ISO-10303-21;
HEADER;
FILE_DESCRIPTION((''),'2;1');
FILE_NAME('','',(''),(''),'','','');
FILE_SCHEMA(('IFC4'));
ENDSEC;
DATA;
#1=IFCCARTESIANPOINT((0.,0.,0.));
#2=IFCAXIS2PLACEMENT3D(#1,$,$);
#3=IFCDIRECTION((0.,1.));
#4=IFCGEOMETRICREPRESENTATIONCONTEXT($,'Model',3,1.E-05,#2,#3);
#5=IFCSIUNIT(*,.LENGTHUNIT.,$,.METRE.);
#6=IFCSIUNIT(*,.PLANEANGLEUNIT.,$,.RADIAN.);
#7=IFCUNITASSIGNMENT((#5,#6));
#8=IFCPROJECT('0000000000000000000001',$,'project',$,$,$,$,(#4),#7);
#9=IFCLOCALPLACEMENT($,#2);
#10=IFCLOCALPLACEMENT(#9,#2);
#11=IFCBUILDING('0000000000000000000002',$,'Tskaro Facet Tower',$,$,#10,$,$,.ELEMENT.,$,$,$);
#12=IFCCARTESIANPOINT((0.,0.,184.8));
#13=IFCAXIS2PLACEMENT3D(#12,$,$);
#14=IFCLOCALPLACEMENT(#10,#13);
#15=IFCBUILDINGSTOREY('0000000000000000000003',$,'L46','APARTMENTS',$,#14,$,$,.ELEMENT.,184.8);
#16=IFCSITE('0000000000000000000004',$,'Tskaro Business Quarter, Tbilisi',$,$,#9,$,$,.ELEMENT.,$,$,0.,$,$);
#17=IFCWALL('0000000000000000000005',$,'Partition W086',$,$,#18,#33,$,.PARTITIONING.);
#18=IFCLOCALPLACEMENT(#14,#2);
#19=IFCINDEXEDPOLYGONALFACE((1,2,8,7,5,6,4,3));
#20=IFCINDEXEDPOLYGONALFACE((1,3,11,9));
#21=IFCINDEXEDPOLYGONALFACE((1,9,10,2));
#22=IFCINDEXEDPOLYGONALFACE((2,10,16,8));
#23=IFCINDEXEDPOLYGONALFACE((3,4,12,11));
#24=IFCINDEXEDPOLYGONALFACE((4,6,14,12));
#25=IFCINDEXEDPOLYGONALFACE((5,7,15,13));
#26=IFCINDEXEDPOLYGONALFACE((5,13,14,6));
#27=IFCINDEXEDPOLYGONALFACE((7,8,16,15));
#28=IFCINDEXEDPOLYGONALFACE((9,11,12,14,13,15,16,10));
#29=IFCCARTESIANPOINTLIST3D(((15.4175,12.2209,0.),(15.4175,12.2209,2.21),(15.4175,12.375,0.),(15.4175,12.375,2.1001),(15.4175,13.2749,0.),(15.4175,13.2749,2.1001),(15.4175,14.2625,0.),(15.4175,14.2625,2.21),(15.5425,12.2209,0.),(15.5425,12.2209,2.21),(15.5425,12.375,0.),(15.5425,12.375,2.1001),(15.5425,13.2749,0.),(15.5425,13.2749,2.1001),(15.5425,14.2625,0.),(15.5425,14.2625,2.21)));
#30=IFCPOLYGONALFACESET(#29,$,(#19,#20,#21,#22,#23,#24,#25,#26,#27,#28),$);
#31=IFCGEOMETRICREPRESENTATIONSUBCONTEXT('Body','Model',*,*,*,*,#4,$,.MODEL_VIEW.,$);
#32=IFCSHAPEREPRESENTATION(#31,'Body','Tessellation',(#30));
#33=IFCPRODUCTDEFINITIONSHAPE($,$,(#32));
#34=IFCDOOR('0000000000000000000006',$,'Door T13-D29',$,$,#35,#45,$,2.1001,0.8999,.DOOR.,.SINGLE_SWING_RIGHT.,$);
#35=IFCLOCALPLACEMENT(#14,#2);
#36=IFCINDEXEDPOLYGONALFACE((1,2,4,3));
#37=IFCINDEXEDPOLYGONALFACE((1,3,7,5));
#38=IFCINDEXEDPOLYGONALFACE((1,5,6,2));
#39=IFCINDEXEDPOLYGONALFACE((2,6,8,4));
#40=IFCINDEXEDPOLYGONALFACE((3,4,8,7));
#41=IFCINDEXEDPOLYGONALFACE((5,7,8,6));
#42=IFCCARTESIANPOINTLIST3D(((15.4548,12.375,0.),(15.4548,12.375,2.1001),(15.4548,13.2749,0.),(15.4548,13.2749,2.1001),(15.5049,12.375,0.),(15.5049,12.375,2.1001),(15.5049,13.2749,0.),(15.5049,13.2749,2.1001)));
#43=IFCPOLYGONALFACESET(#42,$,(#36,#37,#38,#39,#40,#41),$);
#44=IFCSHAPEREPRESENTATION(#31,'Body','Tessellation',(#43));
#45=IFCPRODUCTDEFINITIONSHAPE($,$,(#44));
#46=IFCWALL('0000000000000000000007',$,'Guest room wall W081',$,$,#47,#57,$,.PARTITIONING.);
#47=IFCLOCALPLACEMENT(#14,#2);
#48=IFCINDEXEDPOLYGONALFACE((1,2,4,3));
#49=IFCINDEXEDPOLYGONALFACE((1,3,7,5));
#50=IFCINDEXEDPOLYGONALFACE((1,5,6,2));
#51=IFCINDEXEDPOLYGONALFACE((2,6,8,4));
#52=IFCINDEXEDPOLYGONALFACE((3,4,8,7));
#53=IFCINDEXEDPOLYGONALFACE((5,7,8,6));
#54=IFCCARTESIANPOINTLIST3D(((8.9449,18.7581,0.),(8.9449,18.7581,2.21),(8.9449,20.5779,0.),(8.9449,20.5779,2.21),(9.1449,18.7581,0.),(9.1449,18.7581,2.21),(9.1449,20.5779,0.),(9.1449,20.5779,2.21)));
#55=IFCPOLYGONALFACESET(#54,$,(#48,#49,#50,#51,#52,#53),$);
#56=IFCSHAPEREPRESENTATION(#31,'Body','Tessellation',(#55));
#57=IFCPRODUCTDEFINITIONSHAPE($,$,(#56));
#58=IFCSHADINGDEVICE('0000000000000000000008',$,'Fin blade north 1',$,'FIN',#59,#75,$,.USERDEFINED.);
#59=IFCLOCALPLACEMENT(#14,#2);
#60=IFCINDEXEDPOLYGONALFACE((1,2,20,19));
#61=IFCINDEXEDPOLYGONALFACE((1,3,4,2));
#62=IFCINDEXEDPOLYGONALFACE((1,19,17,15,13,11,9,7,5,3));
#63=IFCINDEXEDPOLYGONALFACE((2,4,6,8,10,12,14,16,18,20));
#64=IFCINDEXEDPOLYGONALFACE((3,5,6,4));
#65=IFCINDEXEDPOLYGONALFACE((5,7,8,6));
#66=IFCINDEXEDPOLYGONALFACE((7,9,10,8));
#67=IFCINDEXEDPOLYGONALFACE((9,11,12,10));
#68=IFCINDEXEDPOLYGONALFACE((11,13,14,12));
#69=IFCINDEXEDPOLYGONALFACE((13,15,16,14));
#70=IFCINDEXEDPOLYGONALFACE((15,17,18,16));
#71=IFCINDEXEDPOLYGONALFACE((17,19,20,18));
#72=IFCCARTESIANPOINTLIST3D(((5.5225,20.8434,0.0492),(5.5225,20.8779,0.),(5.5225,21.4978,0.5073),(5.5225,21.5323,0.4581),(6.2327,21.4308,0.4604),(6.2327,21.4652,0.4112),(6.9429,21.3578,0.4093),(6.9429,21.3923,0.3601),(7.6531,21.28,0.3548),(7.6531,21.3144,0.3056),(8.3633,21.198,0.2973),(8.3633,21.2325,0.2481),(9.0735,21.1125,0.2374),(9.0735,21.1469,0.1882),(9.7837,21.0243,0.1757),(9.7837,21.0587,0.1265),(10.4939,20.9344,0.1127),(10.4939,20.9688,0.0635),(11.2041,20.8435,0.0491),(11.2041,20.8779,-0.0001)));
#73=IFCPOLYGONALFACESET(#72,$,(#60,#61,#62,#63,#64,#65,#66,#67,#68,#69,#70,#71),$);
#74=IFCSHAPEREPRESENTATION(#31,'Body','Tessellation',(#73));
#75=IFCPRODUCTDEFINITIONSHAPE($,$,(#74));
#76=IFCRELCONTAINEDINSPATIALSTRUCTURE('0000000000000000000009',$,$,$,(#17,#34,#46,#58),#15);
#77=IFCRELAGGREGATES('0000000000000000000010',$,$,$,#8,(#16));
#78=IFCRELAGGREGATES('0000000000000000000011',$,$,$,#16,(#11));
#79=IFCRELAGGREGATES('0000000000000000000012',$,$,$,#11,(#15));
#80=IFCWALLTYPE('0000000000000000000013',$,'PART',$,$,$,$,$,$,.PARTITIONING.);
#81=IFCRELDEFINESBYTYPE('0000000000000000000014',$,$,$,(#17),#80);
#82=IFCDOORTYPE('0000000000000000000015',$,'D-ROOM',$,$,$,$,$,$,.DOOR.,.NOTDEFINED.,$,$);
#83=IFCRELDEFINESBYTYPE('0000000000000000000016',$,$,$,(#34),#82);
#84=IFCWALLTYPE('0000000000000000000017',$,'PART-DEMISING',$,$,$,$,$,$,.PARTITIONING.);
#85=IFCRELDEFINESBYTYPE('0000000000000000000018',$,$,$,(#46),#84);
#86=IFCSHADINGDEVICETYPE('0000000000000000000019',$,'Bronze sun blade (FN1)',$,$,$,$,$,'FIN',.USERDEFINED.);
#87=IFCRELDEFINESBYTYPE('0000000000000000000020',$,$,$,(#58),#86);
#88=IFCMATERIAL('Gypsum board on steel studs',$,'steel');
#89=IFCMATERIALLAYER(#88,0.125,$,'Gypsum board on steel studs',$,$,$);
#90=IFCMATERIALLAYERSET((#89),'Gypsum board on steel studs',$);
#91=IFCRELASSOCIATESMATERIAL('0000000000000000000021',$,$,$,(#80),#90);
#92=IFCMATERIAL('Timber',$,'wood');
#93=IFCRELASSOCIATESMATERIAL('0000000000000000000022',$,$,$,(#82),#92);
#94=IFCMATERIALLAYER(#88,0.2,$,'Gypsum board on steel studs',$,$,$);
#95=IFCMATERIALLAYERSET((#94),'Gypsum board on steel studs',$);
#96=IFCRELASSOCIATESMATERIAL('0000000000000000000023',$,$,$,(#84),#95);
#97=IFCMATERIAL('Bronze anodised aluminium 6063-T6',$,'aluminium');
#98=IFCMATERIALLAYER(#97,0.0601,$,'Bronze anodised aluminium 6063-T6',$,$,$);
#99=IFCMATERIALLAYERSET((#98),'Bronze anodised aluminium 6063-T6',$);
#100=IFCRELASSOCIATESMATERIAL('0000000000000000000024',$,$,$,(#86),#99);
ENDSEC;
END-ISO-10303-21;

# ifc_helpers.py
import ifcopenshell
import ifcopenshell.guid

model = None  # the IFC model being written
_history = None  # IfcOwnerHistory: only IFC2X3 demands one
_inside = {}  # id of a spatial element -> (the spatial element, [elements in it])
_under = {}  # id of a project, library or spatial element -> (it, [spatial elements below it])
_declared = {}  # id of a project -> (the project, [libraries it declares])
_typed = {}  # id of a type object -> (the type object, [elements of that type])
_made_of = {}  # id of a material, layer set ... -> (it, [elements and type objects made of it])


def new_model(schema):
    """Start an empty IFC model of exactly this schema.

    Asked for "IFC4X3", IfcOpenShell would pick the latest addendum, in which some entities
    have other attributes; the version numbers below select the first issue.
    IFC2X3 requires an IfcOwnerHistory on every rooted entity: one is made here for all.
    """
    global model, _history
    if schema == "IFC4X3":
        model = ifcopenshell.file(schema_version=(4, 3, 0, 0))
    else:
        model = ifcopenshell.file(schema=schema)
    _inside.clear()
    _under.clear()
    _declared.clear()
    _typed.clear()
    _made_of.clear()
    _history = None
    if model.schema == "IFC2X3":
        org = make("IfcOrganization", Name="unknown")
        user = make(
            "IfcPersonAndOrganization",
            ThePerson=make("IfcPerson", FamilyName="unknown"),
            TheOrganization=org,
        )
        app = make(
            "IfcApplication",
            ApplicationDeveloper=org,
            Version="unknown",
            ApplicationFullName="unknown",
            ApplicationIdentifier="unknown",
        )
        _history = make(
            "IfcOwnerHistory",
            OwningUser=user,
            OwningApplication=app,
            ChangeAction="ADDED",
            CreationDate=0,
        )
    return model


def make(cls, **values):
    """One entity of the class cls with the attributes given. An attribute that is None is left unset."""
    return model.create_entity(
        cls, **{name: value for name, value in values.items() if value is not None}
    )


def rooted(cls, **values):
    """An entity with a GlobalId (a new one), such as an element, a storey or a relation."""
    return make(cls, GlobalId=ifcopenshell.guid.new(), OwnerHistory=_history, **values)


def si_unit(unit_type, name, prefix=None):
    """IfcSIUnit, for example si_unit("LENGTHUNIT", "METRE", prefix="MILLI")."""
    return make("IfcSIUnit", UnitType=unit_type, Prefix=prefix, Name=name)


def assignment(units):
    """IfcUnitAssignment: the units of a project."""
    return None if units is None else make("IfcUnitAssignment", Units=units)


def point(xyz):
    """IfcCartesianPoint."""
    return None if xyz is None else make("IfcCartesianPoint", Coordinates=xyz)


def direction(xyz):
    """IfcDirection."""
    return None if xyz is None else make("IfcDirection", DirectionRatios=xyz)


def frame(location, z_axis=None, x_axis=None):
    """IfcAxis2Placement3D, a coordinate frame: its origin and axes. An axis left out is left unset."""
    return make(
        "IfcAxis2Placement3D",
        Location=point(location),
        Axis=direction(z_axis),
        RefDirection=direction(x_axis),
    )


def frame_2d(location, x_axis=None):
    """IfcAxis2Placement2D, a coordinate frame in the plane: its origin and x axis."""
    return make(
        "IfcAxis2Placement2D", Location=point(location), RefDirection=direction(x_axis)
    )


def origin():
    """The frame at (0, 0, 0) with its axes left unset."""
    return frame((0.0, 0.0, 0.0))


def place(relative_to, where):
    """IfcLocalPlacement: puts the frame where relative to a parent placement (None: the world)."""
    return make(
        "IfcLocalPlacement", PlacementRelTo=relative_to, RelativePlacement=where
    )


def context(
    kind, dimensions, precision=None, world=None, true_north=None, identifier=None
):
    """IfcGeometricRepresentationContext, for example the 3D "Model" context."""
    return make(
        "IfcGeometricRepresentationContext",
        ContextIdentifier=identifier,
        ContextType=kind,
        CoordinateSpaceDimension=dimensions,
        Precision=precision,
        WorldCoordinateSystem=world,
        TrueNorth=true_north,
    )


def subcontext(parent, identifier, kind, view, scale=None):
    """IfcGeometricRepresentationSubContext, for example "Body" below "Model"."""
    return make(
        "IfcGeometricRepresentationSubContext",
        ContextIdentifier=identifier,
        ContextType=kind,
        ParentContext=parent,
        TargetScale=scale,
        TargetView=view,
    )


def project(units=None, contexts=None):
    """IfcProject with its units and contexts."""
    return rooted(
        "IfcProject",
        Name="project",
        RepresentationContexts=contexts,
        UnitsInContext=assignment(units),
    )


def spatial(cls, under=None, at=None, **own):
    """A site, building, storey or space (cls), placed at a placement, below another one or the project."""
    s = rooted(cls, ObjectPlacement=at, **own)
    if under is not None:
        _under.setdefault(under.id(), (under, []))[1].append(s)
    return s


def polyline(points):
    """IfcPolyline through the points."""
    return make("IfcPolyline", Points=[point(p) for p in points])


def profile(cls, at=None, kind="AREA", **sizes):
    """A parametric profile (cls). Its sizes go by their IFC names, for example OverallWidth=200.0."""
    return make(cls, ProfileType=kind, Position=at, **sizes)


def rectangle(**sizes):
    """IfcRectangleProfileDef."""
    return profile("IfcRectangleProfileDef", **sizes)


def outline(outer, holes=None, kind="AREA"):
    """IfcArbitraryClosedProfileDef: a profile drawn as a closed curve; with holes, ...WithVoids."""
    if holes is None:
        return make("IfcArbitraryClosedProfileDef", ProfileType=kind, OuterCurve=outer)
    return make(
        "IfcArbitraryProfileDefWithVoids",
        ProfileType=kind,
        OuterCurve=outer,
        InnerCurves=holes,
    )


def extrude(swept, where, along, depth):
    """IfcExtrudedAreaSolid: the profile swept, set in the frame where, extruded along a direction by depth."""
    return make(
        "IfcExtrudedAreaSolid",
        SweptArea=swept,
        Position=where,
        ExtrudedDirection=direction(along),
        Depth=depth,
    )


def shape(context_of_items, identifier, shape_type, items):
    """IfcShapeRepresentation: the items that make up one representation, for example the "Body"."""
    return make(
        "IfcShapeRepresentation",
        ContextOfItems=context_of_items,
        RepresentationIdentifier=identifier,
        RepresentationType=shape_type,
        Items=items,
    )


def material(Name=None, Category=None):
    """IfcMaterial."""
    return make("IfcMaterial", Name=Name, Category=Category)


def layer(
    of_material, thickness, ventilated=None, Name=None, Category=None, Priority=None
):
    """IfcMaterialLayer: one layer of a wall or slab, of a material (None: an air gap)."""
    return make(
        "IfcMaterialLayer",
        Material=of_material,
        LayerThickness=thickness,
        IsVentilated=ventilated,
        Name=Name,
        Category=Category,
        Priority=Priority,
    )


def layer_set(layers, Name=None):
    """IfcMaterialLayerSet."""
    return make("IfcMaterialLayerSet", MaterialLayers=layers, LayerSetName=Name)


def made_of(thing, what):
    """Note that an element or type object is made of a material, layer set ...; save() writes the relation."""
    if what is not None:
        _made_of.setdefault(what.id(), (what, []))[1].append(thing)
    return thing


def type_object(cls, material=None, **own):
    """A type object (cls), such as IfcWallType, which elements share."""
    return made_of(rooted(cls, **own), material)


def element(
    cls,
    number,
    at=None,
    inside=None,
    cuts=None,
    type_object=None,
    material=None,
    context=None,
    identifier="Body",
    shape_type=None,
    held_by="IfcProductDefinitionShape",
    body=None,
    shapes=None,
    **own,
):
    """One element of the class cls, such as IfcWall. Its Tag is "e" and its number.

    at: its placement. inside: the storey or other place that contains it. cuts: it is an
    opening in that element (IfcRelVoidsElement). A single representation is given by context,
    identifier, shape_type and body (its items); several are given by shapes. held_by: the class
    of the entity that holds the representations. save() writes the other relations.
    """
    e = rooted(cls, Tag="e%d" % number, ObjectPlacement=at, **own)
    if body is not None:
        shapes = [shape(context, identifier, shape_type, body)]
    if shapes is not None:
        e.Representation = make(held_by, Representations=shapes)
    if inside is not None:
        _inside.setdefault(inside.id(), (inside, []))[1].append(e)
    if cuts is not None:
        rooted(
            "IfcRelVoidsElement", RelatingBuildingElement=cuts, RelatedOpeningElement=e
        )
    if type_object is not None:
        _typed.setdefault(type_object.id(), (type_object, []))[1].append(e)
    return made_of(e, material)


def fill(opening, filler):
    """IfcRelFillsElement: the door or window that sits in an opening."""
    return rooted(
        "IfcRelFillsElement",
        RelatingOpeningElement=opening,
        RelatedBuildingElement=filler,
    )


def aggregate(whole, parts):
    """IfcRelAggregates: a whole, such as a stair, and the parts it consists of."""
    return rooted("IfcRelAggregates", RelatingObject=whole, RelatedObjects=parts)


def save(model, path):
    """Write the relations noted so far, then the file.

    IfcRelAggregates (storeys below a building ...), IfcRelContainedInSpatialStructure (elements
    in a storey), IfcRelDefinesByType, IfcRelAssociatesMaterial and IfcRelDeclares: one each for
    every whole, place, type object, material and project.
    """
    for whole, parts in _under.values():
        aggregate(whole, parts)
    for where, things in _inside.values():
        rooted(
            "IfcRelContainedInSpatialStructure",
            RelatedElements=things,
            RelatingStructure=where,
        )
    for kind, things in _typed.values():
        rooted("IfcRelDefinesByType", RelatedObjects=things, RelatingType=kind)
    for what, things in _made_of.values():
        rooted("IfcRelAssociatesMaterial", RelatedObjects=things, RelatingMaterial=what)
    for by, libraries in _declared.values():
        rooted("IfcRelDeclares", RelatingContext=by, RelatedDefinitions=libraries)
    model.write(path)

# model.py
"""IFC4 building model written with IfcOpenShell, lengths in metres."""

from ifc_helpers import new_model, si_unit, direction, frame, frame_2d, origin, place, context, subcontext, project, spatial, polyline, rectangle, outline, extrude, material, layer, layer_set, type_object, element, fill, save


model = new_model("IFC4")

# Units and contexts
model_context = context("Model", 3, precision=1e-05, world=origin(), true_north=direction((0.0, 1.0)))
body_context = subcontext(model_context, "Body", "Model", "MODEL_VIEW")
ifc_project = project(units=[si_unit("LENGTHUNIT", "METRE"), si_unit("PLANEANGLEUNIT", "RADIAN")], contexts=[model_context])

# Site, building, storey
site_placement = place(None, origin())
site = spatial("IfcSite", under=ifc_project, at=site_placement, Name="Tskaro Business Quarter, Tbilisi", CompositionType="ELEMENT", RefElevation=0.0)
building_placement = place(site_placement, origin())
building = spatial("IfcBuilding", under=site, at=building_placement, Name="Tskaro Facet Tower", CompositionType="ELEMENT")
storey_placement = place(building_placement, frame((0.0, 0.0, 184.8)))
storey = spatial("IfcBuildingStorey", under=building, at=storey_placement, Name="L46", Description="APARTMENTS", CompositionType="ELEMENT", Elevation=184.8)

# Shared definitions
ifc_material_1 = material(Name="Bronze anodised aluminium 6063-T6", Category="aluminium")

# Shared definitions
ifc_material_2 = material(Name="Gypsum board on steel studs", Category="steel")
ifc_layer_1 = layer(ifc_material_2, 0.125, Name="Gypsum board on steel studs")
ifc_layer_set_1 = layer_set([ifc_layer_1], Name="Gypsum board on steel studs")
wall_type_1 = type_object("IfcWallType", Name="PART", PredefinedType="PARTITIONING", material=ifc_layer_set_1)

# Wall, opening, door
wall_1_placement = place(storey_placement, frame((15.48, 14.2625, 0.0), z_axis=(0.0, 0.0, 1.0), x_axis=(0.0, -1.0, 0.0)))
wall_1 = element("IfcWall", 1, at=wall_1_placement, inside=storey, type_object=wall_type_1, Name="Partition W086", PredefinedType="PARTITIONING", context=body_context, shape_type="SweptSolid", body=[
    extrude(rectangle(XDim=2.0415, YDim=0.125, at=frame_2d((1.0208, 0.0))), origin(), (0.0, 0.0, 1.0), 2.21),
])
opening_placement = place(wall_1_placement, frame((0.9875, 0.0, 0.0)))
opening = element("IfcOpeningElement", 2, at=opening_placement, cuts=wall_1, PredefinedType="OPENING", context=body_context, shape_type="SweptSolid", body=[
    extrude(rectangle(XDim=0.8999, YDim=2.1001, at=frame_2d((0.45, 1.05))), frame((0.0, 0.0725, 0.0), z_axis=(0.0, -1.0, 0.0), x_axis=(1.0, 0.0, 0.0)), (0.0, 0.0, 1.0), 0.145),
])
ifc_material_3 = material(Name="Timber", Category="wood")
door_type = type_object("IfcDoorType", Name="D-ROOM", OperationType="NOTDEFINED", PredefinedType="DOOR", material=ifc_material_3)
door_placement = place(opening_placement, origin())
door = element("IfcDoor", 3, at=door_placement, inside=storey, type_object=door_type, Name="Door T13-D29", OperationType="SINGLE_SWING_RIGHT", OverallHeight=2.1001, OverallWidth=0.8999, PredefinedType="DOOR", context=body_context, shape_type="SweptSolid", body=[
    extrude(rectangle(XDim=0.8999, YDim=2.1001, at=frame_2d((0.45, 1.05))), frame((0.0, 0.0249, 0.0), z_axis=(0.0, -1.0, 0.0), x_axis=(1.0, 0.0, 0.0)), (0.0, 0.0, 1.0), 0.05),
])
fill(opening, door)

# Wall
ifc_layer_2 = layer(ifc_material_2, 0.2, Name="Gypsum board on steel studs")
ifc_layer_set_2 = layer_set([ifc_layer_2], Name="Gypsum board on steel studs")
wall_type_2 = type_object("IfcWallType", Name="PART-DEMISING", PredefinedType="PARTITIONING", material=ifc_layer_set_2)
wall_2_placement = place(storey_placement, frame((9.0449, 18.7581, 0.0), z_axis=(0.0, 0.0, 1.0), x_axis=(0.0, 1.0, 0.0)))
element("IfcWall", 4, at=wall_2_placement, inside=storey, type_object=wall_type_2, Name="Guest room wall W081", PredefinedType="PARTITIONING", context=body_context, shape_type="SweptSolid", body=[
    extrude(rectangle(XDim=1.8198, YDim=0.2, at=frame_2d((0.9099, 0.0))), origin(), (0.0, 0.0, 1.0), 2.21),
])

# Shading device
ifc_layer_3 = layer(ifc_material_1, 0.0601, Name="Bronze anodised aluminium 6063-T6")
ifc_layer_set_3 = layer_set([ifc_layer_3], Name="Bronze anodised aluminium 6063-T6")
shading_device_type = type_object("IfcShadingDeviceType", Name="Bronze sun blade (FN1)", ElementType="FIN", PredefinedType="USERDEFINED", material=ifc_layer_set_3)
shading_device_placement = place(storey_placement, frame((11.2041, 20.8435, 0.0491), z_axis=(0.000027, -0.573506, 0.819201), x_axis=(-1.0, -0.000015, 0.000022)))
element("IfcShadingDevice", 5, at=shading_device_placement, inside=storey, type_object=shading_device_type, Name="Fin blade north 1", ObjectType="FIN", PredefinedType="USERDEFINED", context=body_context, shape_type="SweptSolid", body=[
    extrude(outline(polyline([(0.0, 0.0), (5.6816, 0.0), (5.6816, -0.7988), (4.9714, -0.717), (4.2612, -0.6279), (3.551, -0.5329), (2.8408, -0.4328), (2.1306, -0.3284), (1.4204, -0.2207), (0.7102, -0.1109), (0.0, 0.0)])), origin(), (0.0, 0.0, -1.0), 0.0601),
])

save(model, "model.ifc")
